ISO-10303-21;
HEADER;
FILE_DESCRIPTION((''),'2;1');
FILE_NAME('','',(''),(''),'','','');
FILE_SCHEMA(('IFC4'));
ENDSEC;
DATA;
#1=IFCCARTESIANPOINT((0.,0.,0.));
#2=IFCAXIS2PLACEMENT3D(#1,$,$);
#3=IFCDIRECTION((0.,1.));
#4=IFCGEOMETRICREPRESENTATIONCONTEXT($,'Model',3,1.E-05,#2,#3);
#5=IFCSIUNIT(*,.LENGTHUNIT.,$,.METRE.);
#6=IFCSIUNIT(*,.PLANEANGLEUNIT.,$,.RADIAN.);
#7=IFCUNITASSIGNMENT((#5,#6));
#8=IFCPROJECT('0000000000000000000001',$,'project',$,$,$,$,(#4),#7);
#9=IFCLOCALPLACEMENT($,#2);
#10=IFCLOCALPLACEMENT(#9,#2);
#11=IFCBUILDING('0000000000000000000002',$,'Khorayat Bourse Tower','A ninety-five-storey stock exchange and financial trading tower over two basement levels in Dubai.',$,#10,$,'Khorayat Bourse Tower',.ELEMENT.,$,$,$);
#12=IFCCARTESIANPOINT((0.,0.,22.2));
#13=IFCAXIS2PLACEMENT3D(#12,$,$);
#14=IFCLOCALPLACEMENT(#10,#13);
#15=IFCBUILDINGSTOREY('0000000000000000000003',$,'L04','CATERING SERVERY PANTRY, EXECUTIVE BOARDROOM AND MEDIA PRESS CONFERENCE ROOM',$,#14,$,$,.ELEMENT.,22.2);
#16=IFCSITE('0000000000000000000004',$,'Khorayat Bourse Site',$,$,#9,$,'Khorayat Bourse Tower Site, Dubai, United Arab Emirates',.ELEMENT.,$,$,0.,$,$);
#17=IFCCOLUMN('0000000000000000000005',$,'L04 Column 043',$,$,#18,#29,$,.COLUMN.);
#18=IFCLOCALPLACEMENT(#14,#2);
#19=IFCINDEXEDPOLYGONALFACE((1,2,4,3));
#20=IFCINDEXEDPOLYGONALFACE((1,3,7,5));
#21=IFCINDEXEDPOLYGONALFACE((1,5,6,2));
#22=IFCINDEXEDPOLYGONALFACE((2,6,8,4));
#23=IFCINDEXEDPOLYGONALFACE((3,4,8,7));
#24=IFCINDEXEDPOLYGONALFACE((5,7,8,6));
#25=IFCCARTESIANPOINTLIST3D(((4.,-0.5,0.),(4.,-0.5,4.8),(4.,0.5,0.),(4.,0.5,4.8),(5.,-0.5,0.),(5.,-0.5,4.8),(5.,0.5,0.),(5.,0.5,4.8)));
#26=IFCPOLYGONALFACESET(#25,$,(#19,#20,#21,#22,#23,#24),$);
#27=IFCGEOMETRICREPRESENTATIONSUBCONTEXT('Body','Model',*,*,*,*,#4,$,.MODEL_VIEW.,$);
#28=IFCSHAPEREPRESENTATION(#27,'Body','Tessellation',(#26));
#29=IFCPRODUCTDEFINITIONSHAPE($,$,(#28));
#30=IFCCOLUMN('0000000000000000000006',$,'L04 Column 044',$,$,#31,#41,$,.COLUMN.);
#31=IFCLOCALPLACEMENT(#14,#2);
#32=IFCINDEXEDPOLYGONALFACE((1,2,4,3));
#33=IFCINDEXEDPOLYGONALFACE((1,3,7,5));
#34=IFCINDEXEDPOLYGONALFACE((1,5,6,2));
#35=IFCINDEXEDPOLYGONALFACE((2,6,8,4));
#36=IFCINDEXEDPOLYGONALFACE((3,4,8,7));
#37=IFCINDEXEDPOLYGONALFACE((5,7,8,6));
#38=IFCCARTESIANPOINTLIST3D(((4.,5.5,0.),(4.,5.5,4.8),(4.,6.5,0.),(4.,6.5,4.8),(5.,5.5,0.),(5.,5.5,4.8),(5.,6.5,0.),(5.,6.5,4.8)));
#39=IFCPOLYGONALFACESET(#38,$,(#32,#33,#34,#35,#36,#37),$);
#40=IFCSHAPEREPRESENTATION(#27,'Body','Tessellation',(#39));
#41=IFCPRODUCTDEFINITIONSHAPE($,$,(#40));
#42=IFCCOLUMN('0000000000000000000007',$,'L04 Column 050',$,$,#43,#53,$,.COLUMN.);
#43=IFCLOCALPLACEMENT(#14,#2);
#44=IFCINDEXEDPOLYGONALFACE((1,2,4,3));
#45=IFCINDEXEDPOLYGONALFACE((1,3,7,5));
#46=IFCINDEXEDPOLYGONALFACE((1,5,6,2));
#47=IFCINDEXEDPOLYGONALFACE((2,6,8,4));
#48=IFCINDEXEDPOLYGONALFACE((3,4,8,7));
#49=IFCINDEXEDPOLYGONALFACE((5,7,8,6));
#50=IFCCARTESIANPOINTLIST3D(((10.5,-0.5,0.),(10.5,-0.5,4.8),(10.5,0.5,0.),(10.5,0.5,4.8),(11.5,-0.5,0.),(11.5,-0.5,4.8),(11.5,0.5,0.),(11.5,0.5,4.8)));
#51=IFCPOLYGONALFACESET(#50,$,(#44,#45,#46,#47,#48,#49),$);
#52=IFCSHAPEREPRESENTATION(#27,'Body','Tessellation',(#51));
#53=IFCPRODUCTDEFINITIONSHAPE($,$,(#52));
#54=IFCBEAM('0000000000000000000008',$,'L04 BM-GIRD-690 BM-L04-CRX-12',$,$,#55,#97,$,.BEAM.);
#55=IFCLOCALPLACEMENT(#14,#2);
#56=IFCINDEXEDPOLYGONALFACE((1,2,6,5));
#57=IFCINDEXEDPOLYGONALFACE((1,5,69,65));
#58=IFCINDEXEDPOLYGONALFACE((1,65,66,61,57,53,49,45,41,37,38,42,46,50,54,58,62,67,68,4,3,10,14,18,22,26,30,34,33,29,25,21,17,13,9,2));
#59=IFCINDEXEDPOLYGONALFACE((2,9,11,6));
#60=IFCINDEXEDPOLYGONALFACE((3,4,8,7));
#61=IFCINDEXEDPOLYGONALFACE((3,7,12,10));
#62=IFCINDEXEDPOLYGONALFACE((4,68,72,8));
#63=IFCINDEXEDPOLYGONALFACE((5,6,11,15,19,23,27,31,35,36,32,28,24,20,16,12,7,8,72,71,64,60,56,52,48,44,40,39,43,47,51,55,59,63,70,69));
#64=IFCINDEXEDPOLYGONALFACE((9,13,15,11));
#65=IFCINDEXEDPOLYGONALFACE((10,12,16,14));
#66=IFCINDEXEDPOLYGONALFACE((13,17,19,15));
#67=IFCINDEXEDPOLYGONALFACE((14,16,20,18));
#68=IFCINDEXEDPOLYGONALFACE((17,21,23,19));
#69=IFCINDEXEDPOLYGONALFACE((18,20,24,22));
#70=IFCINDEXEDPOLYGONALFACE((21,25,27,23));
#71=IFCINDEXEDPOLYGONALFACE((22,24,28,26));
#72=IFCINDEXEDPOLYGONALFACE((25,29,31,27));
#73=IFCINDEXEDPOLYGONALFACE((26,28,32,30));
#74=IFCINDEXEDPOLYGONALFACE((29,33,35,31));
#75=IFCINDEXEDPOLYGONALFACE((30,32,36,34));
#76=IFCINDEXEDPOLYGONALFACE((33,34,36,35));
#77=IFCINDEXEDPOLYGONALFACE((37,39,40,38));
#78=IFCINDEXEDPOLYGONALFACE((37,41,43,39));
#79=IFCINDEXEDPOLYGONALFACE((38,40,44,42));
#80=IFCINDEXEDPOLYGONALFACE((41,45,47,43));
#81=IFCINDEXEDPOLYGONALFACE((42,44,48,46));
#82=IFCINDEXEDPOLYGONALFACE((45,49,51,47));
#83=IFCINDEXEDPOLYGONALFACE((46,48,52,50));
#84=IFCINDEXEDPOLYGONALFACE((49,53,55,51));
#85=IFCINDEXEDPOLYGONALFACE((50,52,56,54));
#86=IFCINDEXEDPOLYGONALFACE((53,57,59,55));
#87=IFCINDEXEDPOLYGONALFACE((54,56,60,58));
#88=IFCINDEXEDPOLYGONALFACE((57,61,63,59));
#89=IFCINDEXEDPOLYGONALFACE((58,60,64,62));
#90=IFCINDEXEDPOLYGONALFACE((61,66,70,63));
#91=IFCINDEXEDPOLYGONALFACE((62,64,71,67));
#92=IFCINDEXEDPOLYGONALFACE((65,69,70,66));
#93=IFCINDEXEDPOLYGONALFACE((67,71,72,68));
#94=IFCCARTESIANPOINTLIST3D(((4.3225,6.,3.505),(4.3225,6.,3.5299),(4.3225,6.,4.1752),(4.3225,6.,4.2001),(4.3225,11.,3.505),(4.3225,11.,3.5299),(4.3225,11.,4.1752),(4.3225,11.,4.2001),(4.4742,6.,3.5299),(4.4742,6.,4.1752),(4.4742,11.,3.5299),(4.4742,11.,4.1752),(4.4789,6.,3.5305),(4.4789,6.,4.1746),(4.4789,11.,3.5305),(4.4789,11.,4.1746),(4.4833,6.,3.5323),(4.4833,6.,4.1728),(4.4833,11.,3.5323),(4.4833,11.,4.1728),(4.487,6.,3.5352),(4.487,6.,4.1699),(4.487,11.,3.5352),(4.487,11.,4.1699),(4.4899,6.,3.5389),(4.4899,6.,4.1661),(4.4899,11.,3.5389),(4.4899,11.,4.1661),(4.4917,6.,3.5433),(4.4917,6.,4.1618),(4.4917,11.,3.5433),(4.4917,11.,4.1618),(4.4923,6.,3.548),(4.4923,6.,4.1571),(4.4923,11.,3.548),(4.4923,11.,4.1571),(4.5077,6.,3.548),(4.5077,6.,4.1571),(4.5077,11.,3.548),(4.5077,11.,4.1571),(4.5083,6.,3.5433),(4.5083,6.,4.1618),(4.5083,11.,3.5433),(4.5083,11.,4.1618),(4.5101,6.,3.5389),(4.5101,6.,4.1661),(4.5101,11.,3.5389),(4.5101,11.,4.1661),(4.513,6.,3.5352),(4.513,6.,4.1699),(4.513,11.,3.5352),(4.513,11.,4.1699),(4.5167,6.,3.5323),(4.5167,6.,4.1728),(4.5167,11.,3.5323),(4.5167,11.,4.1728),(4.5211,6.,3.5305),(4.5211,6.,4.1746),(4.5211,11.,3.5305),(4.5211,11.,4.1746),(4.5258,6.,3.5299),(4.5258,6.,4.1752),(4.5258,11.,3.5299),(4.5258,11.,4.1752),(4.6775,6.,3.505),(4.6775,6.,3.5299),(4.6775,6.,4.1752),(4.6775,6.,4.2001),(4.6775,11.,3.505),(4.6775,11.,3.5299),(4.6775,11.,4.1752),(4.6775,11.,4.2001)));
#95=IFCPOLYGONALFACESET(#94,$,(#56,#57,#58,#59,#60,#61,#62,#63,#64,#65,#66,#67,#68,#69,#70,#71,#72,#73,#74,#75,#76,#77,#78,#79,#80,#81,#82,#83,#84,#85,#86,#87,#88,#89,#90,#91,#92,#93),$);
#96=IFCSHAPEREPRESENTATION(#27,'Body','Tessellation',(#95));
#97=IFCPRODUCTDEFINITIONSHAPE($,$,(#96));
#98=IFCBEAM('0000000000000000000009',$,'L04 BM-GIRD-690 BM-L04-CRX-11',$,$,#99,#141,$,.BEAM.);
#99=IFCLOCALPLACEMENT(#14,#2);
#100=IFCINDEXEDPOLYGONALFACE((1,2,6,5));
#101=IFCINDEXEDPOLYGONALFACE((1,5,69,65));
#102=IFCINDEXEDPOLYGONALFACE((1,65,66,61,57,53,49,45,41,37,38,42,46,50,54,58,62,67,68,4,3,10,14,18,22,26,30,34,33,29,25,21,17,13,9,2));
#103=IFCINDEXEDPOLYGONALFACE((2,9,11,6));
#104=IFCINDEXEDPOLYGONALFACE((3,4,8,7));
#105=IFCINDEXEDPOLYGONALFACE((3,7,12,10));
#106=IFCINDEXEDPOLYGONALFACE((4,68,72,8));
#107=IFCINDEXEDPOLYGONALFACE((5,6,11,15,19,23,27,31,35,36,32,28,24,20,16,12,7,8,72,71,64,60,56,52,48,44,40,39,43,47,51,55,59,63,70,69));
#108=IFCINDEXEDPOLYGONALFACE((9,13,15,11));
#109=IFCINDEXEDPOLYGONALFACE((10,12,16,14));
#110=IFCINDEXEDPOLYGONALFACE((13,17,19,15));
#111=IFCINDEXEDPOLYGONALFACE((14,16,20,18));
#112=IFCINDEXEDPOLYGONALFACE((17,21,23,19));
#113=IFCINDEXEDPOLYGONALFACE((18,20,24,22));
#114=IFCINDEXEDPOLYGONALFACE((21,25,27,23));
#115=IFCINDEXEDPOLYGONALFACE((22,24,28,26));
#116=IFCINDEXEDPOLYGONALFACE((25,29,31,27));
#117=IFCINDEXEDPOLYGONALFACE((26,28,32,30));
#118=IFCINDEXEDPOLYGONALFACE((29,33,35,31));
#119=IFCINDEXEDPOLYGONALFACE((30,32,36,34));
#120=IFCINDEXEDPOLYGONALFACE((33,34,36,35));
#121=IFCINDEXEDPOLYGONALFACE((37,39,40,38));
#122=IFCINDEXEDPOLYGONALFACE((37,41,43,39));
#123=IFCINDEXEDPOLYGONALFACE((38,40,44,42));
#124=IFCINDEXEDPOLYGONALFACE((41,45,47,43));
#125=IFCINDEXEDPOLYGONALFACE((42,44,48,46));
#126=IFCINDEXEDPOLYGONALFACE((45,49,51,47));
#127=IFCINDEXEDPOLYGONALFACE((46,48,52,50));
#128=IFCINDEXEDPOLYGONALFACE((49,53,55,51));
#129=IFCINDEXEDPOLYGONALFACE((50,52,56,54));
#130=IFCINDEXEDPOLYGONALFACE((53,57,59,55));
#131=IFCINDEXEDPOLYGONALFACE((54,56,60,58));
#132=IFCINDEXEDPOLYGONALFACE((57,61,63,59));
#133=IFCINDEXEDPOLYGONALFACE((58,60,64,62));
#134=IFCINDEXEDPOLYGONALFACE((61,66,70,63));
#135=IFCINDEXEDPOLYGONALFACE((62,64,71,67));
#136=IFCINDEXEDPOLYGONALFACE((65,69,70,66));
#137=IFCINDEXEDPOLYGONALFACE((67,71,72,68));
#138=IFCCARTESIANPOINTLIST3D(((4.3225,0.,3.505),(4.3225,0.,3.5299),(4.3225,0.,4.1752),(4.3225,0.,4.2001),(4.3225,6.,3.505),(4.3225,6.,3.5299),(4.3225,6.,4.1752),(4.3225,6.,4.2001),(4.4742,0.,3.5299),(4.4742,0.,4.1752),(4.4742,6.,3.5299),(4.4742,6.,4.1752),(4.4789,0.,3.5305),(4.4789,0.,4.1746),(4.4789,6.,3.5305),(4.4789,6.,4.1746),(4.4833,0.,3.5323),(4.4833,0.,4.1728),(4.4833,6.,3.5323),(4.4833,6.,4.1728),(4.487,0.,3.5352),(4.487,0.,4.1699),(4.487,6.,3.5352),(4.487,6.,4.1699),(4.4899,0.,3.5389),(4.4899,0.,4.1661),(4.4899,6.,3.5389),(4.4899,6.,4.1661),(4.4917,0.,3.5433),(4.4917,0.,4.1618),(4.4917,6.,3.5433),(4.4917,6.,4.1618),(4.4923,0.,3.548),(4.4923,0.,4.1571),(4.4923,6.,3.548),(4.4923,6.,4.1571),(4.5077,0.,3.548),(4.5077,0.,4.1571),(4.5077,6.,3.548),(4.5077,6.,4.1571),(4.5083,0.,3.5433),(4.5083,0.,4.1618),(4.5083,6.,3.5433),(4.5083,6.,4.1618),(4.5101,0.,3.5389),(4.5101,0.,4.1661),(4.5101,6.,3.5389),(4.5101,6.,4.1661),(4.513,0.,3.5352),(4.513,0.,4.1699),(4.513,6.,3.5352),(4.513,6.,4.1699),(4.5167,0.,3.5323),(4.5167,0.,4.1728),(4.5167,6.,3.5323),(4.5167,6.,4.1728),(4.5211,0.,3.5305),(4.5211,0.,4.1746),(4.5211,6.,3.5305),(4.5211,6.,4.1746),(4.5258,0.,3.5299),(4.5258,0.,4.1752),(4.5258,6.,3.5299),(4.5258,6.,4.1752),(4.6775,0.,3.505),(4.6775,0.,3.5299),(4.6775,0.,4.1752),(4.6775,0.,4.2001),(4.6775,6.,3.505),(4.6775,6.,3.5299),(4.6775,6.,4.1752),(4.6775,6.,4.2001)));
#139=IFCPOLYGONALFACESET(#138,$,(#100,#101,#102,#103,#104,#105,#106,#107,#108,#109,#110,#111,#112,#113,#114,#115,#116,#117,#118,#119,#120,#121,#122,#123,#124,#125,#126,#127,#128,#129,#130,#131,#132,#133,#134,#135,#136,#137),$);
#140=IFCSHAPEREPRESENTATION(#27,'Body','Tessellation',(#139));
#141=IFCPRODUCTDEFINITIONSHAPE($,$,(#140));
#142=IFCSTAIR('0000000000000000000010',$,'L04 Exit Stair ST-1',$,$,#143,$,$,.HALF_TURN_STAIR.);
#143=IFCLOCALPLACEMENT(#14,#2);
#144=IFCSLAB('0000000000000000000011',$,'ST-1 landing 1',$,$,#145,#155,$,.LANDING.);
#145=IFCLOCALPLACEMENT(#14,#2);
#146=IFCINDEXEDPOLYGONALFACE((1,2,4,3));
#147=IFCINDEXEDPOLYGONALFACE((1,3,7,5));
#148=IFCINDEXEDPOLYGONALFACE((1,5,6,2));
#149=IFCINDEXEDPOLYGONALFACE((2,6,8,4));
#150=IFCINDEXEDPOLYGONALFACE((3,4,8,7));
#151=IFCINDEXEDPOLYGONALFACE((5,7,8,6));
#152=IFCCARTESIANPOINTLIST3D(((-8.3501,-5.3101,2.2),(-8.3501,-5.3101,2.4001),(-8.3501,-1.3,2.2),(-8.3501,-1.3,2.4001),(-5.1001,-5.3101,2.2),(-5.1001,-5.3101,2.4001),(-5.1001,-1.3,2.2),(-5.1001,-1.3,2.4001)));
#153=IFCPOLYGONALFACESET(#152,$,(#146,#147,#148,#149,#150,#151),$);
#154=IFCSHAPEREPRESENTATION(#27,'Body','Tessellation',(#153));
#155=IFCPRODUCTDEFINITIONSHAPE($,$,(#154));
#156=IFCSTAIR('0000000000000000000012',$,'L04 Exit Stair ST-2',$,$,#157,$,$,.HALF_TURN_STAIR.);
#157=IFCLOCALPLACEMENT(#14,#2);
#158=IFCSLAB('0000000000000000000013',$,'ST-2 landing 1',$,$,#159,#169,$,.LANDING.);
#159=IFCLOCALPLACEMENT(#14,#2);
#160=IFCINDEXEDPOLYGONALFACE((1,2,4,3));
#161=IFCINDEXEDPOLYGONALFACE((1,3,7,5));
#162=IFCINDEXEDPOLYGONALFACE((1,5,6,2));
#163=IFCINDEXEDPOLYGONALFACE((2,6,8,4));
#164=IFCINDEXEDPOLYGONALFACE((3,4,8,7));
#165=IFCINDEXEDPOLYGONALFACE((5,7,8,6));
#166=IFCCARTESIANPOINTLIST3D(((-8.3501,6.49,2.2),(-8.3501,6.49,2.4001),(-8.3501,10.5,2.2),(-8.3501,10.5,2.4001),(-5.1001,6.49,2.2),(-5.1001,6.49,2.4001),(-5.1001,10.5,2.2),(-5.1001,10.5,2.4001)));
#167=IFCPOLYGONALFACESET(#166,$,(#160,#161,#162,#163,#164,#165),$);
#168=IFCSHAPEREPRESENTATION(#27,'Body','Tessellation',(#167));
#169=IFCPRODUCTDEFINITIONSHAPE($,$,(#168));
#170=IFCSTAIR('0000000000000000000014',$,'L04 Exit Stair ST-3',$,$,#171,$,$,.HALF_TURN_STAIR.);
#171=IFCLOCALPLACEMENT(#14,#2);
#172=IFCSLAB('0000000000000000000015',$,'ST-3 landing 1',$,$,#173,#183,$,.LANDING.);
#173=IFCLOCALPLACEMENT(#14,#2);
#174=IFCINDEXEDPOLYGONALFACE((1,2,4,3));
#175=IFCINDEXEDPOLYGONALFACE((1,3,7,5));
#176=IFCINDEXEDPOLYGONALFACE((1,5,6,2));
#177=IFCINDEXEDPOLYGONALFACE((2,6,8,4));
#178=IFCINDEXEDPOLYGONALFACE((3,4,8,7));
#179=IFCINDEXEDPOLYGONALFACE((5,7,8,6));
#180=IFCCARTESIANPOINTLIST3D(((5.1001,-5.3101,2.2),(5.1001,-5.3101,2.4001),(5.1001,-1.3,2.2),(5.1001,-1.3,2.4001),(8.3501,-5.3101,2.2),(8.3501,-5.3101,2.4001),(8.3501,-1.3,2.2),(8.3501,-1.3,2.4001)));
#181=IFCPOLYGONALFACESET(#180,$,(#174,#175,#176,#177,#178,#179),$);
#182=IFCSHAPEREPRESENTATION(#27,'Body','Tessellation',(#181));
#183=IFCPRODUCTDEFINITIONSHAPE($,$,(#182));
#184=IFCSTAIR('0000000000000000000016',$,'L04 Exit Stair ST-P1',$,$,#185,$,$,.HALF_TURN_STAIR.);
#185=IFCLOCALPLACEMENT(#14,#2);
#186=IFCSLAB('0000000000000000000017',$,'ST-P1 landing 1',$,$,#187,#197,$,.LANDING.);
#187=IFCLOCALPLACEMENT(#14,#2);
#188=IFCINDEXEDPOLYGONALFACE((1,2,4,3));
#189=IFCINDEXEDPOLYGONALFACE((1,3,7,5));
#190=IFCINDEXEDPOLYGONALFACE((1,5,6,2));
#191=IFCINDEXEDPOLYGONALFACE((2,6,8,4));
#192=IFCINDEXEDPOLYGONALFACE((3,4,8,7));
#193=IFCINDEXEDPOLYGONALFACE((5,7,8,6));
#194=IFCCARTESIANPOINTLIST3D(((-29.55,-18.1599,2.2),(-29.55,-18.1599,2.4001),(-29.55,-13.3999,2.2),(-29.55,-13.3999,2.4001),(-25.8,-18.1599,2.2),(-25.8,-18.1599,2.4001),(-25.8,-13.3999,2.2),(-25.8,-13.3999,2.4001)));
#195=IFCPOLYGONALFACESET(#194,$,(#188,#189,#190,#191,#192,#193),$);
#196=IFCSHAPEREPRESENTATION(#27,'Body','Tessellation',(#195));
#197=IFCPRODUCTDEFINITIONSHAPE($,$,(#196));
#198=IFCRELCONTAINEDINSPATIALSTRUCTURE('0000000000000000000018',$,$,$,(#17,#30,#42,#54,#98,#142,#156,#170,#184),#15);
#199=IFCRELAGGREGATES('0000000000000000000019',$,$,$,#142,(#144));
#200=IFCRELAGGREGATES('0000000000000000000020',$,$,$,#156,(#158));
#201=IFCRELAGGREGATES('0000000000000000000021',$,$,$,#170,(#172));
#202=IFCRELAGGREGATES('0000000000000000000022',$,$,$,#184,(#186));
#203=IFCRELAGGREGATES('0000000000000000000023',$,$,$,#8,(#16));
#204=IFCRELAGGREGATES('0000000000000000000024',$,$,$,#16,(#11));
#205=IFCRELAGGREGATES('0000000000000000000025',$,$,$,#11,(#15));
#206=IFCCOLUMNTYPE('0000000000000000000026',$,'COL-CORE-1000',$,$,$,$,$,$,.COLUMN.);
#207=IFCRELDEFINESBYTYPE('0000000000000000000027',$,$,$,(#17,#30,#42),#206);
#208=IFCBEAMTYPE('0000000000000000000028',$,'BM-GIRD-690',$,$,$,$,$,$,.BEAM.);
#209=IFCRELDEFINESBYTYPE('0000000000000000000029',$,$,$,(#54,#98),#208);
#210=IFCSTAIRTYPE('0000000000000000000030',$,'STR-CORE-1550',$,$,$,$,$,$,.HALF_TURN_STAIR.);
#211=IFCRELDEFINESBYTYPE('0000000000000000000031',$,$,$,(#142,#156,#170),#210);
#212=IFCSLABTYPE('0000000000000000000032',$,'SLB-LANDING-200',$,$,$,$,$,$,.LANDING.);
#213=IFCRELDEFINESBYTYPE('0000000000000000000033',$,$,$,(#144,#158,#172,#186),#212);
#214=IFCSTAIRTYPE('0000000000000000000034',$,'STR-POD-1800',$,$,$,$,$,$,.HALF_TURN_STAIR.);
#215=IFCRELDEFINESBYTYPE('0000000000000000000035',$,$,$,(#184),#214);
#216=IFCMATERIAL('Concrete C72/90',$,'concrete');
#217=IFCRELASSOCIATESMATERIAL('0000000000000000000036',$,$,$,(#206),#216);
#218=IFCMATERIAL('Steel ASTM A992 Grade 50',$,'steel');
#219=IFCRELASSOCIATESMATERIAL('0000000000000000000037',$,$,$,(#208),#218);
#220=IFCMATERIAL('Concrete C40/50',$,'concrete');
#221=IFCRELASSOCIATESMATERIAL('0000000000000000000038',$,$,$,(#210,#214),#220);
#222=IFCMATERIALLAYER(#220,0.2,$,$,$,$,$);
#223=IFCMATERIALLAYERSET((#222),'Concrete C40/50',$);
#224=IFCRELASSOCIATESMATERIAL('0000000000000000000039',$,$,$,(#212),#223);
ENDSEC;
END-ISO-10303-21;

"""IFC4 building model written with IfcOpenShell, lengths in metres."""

from ifc_helpers import new_model, si_unit, direction, frame, origin, origin_2d, place, context, subcontext, project, spatial, polyline, rectangle, i_section, outline, extrude, source, transform, mapped, material, layer, layer_set, material_profile, profile_set, type_object, element, aggregate, save


model = new_model("IFC4")

# Units and contexts
model_context = context("Model", 3, precision=1e-05, world=origin(), true_north=direction((0.0, 1.0)))
body_context = subcontext(model_context, "Body", "Model", "MODEL_VIEW")
ifc_project = project(units=[si_unit("LENGTHUNIT", "METRE"), si_unit("PLANEANGLEUNIT", "RADIAN")], contexts=[model_context])

# Site, building, storey
site_placement = place(None, origin())
site = spatial("IfcSite", under=ifc_project, at=site_placement, Name="Khorayat Bourse Site", LongName="Khorayat Bourse Tower Site, Dubai, United Arab Emirates", CompositionType="ELEMENT", RefElevation=0.0)
building_placement = place(site_placement, origin())
building = spatial("IfcBuilding", under=site, at=building_placement, Name="Khorayat Bourse Tower", Description="A ninety-five-storey stock exchange and financial trading tower over two basement levels in Dubai.", LongName="Khorayat Bourse Tower", CompositionType="ELEMENT")
storey_placement = place(building_placement, frame((0.0, 0.0, 22.2)))
storey = spatial("IfcBuildingStorey", under=building, at=storey_placement, Name="L04", Description="CATERING SERVERY PANTRY, EXECUTIVE BOARDROOM AND MEDIA PRESS CONFERENCE ROOM", CompositionType="ELEMENT", Elevation=22.2)

# Columns
ifc_material_1 = material(Name="Concrete C72/90", Category="concrete")
ifc_material_profile_1 = material_profile(ifc_material_1, rectangle(XDim=1.0, YDim=1.0, at=origin_2d()), Name="RC 1000x1000")
ifc_profile_set_1 = profile_set([ifc_material_profile_1], Name="Concrete C72/90")
column_type = type_object("IfcColumnType", Name="COL-CORE-1000", PredefinedType="COLUMN", material=ifc_profile_set_1)
shared_shape_1 = source(origin(), body_context, "Body", "SweptSolid", [
    extrude(rectangle(XDim=1.0, YDim=1.0, at=origin_2d()), origin(), (0.0, 0.0, 1.0), 4.8),
])
for number, where, z_axis, x_axis, name in (
    (1, (4.5, 0.0, 0.0), (0.0, 0.0, 1.0), (1.0, 0.0, 0.0), "L04 Column 043"),
    (2, (4.5, 6.0, 0.0), (0.0, 0.0, 1.0), (1.0, 0.0, 0.0), "L04 Column 044"),
    (3, (11.0, 0.0, 0.0), (0.0, 0.0, 1.0), (1.0, 0.0, 0.0), "L04 Column 050"),
):
    element("IfcColumn", number, at=place(storey_placement, frame(where, z_axis=z_axis, x_axis=x_axis)), inside=storey, type_object=column_type, Name=name, PredefinedType="COLUMN", context=body_context, shape_type="MappedRepresentation", body=[
        mapped(shared_shape_1, transform((0.0, 0.0, 0.0), scale=1.0)),
    ])

# Beams
ifc_material_2 = material(Name="Steel ASTM A992 Grade 50", Category="steel")
ifc_material_profile_2 = material_profile(ifc_material_2, i_section(OverallWidth=0.355, OverallDepth=0.6951, WebThickness=0.0154, FlangeThickness=0.0249, FilletRadius=0.0181, at=origin_2d()), Name="W690X217")
ifc_profile_set_2 = profile_set([ifc_material_profile_2], Name="Steel ASTM A992 Grade 50")
beam_type = type_object("IfcBeamType", Name="BM-GIRD-690", PredefinedType="BEAM", material=ifc_profile_set_2)
shared_shape_2 = source(origin(), body_context, "Body", "SweptSolid", [
    extrude(i_section(OverallWidth=0.355, OverallDepth=0.6951, WebThickness=0.0154, FlangeThickness=0.0249, FilletRadius=0.0181, at=origin_2d()), origin(), (0.0, 0.0, 1.0), 5.0),
])
beam_1_placement = place(storey_placement, frame((4.5, 6.0, 3.8525), z_axis=(0.0, 1.0, 0.0), x_axis=(-1.0, 0.0, 0.0)))
element("IfcBeam", 4, at=beam_1_placement, inside=storey, type_object=beam_type, Name="L04 BM-GIRD-690 BM-L04-CRX-12", PredefinedType="BEAM", context=body_context, shape_type="MappedRepresentation", body=[
    mapped(shared_shape_2, transform((0.0, 0.0, 0.0), scale=1.0)),
])
shared_shape_3 = source(origin(), body_context, "Body", "SweptSolid", [
    extrude(i_section(OverallWidth=0.355, OverallDepth=0.6951, WebThickness=0.0154, FlangeThickness=0.0249, FilletRadius=0.0181, at=origin_2d()), origin(), (0.0, 0.0, 1.0), 6.0),
])
beam_2_placement = place(storey_placement, frame((4.5, 0.0, 3.8525), z_axis=(0.0, 1.0, 0.0), x_axis=(-1.0, 0.0, 0.0)))
element("IfcBeam", 5, at=beam_2_placement, inside=storey, type_object=beam_type, Name="L04 BM-GIRD-690 BM-L04-CRX-11", PredefinedType="BEAM", context=body_context, shape_type="MappedRepresentation", body=[
    mapped(shared_shape_3, transform((0.0, 0.0, 0.0), scale=1.0)),
])

# Stairs, slabs
ifc_material_3 = material(Name="Concrete C40/50", Category="concrete")
stair_type_1 = type_object("IfcStairType", Name="STR-CORE-1550", PredefinedType="HALF_TURN_STAIR", material=ifc_material_3)
stair_1_placement = place(storey_placement, origin())
stair_1 = element("IfcStair", 6, at=stair_1_placement, inside=storey, type_object=stair_type_1, Name="L04 Exit Stair ST-1", PredefinedType="HALF_TURN_STAIR")
ifc_layer_1 = layer(ifc_material_3, 0.2)
ifc_layer_set_1 = layer_set([ifc_layer_1], Name="Concrete C40/50")
slab_type_1 = type_object("IfcSlabType", Name="SLB-LANDING-200", PredefinedType="LANDING", material=ifc_layer_set_1)
slab_1_placement = place(storey_placement, frame((0.0, 0.0, 2.2)))
slab_1 = element("IfcSlab", 7, at=slab_1_placement, type_object=slab_type_1, Name="ST-1 landing 1", PredefinedType="LANDING", context=body_context, shape_type="SweptSolid", body=[
    extrude(outline(polyline([(-5.1001, -5.3101), (-5.1001, -1.3), (-8.3501, -1.3), (-8.3501, -5.3101), (-5.1001, -5.3101)])), origin(), (0.0, 0.0, 1.0), 0.2002),
])
aggregate(stair_1, [slab_1])
stair_2_placement = place(storey_placement, origin())
stair_2 = element("IfcStair", 8, at=stair_2_placement, inside=storey, type_object=stair_type_1, Name="L04 Exit Stair ST-2", PredefinedType="HALF_TURN_STAIR")
slab_2_placement = place(storey_placement, frame((0.0, 0.0, 2.2)))
slab_2 = element("IfcSlab", 9, at=slab_2_placement, type_object=slab_type_1, Name="ST-2 landing 1", PredefinedType="LANDING", context=body_context, shape_type="SweptSolid", body=[
    extrude(outline(polyline([(-5.1001, 6.49), (-5.1001, 10.5), (-8.3501, 10.5), (-8.3501, 6.49), (-5.1001, 6.49)])), origin(), (0.0, 0.0, 1.0), 0.2002),
])
aggregate(stair_2, [slab_2])
stair_3_placement = place(storey_placement, origin())
stair_3 = element("IfcStair", 10, at=stair_3_placement, inside=storey, type_object=stair_type_1, Name="L04 Exit Stair ST-3", PredefinedType="HALF_TURN_STAIR")
slab_3_placement = place(storey_placement, frame((0.0, 0.0, 2.2)))
slab_3 = element("IfcSlab", 11, at=slab_3_placement, type_object=slab_type_1, Name="ST-3 landing 1", PredefinedType="LANDING", context=body_context, shape_type="SweptSolid", body=[
    extrude(outline(polyline([(8.3501, -5.3101), (8.3501, -1.3), (5.1001, -1.3), (5.1001, -5.3101), (8.3501, -5.3101)])), origin(), (0.0, 0.0, 1.0), 0.2002),
])
aggregate(stair_3, [slab_3])
stair_type_2 = type_object("IfcStairType", Name="STR-POD-1800", PredefinedType="HALF_TURN_STAIR", material=ifc_material_3)
stair_4_placement = place(storey_placement, origin())
stair_4 = element("IfcStair", 12, at=stair_4_placement, inside=storey, type_object=stair_type_2, Name="L04 Exit Stair ST-P1", PredefinedType="HALF_TURN_STAIR")
slab_4_placement = place(storey_placement, frame((0.0, 0.0, 2.2)))
slab_4 = element("IfcSlab", 13, at=slab_4_placement, type_object=slab_type_1, Name="ST-P1 landing 1", PredefinedType="LANDING", context=body_context, shape_type="SweptSolid", body=[
    extrude(outline(polyline([(-25.8, -18.1599), (-25.8, -13.3999), (-29.55, -13.3999), (-29.55, -18.1599), (-25.8, -18.1599)])), origin(), (0.0, 0.0, 1.0), 0.2002),
])
aggregate(stair_4, [slab_4])

save(model, "model.ifc")
